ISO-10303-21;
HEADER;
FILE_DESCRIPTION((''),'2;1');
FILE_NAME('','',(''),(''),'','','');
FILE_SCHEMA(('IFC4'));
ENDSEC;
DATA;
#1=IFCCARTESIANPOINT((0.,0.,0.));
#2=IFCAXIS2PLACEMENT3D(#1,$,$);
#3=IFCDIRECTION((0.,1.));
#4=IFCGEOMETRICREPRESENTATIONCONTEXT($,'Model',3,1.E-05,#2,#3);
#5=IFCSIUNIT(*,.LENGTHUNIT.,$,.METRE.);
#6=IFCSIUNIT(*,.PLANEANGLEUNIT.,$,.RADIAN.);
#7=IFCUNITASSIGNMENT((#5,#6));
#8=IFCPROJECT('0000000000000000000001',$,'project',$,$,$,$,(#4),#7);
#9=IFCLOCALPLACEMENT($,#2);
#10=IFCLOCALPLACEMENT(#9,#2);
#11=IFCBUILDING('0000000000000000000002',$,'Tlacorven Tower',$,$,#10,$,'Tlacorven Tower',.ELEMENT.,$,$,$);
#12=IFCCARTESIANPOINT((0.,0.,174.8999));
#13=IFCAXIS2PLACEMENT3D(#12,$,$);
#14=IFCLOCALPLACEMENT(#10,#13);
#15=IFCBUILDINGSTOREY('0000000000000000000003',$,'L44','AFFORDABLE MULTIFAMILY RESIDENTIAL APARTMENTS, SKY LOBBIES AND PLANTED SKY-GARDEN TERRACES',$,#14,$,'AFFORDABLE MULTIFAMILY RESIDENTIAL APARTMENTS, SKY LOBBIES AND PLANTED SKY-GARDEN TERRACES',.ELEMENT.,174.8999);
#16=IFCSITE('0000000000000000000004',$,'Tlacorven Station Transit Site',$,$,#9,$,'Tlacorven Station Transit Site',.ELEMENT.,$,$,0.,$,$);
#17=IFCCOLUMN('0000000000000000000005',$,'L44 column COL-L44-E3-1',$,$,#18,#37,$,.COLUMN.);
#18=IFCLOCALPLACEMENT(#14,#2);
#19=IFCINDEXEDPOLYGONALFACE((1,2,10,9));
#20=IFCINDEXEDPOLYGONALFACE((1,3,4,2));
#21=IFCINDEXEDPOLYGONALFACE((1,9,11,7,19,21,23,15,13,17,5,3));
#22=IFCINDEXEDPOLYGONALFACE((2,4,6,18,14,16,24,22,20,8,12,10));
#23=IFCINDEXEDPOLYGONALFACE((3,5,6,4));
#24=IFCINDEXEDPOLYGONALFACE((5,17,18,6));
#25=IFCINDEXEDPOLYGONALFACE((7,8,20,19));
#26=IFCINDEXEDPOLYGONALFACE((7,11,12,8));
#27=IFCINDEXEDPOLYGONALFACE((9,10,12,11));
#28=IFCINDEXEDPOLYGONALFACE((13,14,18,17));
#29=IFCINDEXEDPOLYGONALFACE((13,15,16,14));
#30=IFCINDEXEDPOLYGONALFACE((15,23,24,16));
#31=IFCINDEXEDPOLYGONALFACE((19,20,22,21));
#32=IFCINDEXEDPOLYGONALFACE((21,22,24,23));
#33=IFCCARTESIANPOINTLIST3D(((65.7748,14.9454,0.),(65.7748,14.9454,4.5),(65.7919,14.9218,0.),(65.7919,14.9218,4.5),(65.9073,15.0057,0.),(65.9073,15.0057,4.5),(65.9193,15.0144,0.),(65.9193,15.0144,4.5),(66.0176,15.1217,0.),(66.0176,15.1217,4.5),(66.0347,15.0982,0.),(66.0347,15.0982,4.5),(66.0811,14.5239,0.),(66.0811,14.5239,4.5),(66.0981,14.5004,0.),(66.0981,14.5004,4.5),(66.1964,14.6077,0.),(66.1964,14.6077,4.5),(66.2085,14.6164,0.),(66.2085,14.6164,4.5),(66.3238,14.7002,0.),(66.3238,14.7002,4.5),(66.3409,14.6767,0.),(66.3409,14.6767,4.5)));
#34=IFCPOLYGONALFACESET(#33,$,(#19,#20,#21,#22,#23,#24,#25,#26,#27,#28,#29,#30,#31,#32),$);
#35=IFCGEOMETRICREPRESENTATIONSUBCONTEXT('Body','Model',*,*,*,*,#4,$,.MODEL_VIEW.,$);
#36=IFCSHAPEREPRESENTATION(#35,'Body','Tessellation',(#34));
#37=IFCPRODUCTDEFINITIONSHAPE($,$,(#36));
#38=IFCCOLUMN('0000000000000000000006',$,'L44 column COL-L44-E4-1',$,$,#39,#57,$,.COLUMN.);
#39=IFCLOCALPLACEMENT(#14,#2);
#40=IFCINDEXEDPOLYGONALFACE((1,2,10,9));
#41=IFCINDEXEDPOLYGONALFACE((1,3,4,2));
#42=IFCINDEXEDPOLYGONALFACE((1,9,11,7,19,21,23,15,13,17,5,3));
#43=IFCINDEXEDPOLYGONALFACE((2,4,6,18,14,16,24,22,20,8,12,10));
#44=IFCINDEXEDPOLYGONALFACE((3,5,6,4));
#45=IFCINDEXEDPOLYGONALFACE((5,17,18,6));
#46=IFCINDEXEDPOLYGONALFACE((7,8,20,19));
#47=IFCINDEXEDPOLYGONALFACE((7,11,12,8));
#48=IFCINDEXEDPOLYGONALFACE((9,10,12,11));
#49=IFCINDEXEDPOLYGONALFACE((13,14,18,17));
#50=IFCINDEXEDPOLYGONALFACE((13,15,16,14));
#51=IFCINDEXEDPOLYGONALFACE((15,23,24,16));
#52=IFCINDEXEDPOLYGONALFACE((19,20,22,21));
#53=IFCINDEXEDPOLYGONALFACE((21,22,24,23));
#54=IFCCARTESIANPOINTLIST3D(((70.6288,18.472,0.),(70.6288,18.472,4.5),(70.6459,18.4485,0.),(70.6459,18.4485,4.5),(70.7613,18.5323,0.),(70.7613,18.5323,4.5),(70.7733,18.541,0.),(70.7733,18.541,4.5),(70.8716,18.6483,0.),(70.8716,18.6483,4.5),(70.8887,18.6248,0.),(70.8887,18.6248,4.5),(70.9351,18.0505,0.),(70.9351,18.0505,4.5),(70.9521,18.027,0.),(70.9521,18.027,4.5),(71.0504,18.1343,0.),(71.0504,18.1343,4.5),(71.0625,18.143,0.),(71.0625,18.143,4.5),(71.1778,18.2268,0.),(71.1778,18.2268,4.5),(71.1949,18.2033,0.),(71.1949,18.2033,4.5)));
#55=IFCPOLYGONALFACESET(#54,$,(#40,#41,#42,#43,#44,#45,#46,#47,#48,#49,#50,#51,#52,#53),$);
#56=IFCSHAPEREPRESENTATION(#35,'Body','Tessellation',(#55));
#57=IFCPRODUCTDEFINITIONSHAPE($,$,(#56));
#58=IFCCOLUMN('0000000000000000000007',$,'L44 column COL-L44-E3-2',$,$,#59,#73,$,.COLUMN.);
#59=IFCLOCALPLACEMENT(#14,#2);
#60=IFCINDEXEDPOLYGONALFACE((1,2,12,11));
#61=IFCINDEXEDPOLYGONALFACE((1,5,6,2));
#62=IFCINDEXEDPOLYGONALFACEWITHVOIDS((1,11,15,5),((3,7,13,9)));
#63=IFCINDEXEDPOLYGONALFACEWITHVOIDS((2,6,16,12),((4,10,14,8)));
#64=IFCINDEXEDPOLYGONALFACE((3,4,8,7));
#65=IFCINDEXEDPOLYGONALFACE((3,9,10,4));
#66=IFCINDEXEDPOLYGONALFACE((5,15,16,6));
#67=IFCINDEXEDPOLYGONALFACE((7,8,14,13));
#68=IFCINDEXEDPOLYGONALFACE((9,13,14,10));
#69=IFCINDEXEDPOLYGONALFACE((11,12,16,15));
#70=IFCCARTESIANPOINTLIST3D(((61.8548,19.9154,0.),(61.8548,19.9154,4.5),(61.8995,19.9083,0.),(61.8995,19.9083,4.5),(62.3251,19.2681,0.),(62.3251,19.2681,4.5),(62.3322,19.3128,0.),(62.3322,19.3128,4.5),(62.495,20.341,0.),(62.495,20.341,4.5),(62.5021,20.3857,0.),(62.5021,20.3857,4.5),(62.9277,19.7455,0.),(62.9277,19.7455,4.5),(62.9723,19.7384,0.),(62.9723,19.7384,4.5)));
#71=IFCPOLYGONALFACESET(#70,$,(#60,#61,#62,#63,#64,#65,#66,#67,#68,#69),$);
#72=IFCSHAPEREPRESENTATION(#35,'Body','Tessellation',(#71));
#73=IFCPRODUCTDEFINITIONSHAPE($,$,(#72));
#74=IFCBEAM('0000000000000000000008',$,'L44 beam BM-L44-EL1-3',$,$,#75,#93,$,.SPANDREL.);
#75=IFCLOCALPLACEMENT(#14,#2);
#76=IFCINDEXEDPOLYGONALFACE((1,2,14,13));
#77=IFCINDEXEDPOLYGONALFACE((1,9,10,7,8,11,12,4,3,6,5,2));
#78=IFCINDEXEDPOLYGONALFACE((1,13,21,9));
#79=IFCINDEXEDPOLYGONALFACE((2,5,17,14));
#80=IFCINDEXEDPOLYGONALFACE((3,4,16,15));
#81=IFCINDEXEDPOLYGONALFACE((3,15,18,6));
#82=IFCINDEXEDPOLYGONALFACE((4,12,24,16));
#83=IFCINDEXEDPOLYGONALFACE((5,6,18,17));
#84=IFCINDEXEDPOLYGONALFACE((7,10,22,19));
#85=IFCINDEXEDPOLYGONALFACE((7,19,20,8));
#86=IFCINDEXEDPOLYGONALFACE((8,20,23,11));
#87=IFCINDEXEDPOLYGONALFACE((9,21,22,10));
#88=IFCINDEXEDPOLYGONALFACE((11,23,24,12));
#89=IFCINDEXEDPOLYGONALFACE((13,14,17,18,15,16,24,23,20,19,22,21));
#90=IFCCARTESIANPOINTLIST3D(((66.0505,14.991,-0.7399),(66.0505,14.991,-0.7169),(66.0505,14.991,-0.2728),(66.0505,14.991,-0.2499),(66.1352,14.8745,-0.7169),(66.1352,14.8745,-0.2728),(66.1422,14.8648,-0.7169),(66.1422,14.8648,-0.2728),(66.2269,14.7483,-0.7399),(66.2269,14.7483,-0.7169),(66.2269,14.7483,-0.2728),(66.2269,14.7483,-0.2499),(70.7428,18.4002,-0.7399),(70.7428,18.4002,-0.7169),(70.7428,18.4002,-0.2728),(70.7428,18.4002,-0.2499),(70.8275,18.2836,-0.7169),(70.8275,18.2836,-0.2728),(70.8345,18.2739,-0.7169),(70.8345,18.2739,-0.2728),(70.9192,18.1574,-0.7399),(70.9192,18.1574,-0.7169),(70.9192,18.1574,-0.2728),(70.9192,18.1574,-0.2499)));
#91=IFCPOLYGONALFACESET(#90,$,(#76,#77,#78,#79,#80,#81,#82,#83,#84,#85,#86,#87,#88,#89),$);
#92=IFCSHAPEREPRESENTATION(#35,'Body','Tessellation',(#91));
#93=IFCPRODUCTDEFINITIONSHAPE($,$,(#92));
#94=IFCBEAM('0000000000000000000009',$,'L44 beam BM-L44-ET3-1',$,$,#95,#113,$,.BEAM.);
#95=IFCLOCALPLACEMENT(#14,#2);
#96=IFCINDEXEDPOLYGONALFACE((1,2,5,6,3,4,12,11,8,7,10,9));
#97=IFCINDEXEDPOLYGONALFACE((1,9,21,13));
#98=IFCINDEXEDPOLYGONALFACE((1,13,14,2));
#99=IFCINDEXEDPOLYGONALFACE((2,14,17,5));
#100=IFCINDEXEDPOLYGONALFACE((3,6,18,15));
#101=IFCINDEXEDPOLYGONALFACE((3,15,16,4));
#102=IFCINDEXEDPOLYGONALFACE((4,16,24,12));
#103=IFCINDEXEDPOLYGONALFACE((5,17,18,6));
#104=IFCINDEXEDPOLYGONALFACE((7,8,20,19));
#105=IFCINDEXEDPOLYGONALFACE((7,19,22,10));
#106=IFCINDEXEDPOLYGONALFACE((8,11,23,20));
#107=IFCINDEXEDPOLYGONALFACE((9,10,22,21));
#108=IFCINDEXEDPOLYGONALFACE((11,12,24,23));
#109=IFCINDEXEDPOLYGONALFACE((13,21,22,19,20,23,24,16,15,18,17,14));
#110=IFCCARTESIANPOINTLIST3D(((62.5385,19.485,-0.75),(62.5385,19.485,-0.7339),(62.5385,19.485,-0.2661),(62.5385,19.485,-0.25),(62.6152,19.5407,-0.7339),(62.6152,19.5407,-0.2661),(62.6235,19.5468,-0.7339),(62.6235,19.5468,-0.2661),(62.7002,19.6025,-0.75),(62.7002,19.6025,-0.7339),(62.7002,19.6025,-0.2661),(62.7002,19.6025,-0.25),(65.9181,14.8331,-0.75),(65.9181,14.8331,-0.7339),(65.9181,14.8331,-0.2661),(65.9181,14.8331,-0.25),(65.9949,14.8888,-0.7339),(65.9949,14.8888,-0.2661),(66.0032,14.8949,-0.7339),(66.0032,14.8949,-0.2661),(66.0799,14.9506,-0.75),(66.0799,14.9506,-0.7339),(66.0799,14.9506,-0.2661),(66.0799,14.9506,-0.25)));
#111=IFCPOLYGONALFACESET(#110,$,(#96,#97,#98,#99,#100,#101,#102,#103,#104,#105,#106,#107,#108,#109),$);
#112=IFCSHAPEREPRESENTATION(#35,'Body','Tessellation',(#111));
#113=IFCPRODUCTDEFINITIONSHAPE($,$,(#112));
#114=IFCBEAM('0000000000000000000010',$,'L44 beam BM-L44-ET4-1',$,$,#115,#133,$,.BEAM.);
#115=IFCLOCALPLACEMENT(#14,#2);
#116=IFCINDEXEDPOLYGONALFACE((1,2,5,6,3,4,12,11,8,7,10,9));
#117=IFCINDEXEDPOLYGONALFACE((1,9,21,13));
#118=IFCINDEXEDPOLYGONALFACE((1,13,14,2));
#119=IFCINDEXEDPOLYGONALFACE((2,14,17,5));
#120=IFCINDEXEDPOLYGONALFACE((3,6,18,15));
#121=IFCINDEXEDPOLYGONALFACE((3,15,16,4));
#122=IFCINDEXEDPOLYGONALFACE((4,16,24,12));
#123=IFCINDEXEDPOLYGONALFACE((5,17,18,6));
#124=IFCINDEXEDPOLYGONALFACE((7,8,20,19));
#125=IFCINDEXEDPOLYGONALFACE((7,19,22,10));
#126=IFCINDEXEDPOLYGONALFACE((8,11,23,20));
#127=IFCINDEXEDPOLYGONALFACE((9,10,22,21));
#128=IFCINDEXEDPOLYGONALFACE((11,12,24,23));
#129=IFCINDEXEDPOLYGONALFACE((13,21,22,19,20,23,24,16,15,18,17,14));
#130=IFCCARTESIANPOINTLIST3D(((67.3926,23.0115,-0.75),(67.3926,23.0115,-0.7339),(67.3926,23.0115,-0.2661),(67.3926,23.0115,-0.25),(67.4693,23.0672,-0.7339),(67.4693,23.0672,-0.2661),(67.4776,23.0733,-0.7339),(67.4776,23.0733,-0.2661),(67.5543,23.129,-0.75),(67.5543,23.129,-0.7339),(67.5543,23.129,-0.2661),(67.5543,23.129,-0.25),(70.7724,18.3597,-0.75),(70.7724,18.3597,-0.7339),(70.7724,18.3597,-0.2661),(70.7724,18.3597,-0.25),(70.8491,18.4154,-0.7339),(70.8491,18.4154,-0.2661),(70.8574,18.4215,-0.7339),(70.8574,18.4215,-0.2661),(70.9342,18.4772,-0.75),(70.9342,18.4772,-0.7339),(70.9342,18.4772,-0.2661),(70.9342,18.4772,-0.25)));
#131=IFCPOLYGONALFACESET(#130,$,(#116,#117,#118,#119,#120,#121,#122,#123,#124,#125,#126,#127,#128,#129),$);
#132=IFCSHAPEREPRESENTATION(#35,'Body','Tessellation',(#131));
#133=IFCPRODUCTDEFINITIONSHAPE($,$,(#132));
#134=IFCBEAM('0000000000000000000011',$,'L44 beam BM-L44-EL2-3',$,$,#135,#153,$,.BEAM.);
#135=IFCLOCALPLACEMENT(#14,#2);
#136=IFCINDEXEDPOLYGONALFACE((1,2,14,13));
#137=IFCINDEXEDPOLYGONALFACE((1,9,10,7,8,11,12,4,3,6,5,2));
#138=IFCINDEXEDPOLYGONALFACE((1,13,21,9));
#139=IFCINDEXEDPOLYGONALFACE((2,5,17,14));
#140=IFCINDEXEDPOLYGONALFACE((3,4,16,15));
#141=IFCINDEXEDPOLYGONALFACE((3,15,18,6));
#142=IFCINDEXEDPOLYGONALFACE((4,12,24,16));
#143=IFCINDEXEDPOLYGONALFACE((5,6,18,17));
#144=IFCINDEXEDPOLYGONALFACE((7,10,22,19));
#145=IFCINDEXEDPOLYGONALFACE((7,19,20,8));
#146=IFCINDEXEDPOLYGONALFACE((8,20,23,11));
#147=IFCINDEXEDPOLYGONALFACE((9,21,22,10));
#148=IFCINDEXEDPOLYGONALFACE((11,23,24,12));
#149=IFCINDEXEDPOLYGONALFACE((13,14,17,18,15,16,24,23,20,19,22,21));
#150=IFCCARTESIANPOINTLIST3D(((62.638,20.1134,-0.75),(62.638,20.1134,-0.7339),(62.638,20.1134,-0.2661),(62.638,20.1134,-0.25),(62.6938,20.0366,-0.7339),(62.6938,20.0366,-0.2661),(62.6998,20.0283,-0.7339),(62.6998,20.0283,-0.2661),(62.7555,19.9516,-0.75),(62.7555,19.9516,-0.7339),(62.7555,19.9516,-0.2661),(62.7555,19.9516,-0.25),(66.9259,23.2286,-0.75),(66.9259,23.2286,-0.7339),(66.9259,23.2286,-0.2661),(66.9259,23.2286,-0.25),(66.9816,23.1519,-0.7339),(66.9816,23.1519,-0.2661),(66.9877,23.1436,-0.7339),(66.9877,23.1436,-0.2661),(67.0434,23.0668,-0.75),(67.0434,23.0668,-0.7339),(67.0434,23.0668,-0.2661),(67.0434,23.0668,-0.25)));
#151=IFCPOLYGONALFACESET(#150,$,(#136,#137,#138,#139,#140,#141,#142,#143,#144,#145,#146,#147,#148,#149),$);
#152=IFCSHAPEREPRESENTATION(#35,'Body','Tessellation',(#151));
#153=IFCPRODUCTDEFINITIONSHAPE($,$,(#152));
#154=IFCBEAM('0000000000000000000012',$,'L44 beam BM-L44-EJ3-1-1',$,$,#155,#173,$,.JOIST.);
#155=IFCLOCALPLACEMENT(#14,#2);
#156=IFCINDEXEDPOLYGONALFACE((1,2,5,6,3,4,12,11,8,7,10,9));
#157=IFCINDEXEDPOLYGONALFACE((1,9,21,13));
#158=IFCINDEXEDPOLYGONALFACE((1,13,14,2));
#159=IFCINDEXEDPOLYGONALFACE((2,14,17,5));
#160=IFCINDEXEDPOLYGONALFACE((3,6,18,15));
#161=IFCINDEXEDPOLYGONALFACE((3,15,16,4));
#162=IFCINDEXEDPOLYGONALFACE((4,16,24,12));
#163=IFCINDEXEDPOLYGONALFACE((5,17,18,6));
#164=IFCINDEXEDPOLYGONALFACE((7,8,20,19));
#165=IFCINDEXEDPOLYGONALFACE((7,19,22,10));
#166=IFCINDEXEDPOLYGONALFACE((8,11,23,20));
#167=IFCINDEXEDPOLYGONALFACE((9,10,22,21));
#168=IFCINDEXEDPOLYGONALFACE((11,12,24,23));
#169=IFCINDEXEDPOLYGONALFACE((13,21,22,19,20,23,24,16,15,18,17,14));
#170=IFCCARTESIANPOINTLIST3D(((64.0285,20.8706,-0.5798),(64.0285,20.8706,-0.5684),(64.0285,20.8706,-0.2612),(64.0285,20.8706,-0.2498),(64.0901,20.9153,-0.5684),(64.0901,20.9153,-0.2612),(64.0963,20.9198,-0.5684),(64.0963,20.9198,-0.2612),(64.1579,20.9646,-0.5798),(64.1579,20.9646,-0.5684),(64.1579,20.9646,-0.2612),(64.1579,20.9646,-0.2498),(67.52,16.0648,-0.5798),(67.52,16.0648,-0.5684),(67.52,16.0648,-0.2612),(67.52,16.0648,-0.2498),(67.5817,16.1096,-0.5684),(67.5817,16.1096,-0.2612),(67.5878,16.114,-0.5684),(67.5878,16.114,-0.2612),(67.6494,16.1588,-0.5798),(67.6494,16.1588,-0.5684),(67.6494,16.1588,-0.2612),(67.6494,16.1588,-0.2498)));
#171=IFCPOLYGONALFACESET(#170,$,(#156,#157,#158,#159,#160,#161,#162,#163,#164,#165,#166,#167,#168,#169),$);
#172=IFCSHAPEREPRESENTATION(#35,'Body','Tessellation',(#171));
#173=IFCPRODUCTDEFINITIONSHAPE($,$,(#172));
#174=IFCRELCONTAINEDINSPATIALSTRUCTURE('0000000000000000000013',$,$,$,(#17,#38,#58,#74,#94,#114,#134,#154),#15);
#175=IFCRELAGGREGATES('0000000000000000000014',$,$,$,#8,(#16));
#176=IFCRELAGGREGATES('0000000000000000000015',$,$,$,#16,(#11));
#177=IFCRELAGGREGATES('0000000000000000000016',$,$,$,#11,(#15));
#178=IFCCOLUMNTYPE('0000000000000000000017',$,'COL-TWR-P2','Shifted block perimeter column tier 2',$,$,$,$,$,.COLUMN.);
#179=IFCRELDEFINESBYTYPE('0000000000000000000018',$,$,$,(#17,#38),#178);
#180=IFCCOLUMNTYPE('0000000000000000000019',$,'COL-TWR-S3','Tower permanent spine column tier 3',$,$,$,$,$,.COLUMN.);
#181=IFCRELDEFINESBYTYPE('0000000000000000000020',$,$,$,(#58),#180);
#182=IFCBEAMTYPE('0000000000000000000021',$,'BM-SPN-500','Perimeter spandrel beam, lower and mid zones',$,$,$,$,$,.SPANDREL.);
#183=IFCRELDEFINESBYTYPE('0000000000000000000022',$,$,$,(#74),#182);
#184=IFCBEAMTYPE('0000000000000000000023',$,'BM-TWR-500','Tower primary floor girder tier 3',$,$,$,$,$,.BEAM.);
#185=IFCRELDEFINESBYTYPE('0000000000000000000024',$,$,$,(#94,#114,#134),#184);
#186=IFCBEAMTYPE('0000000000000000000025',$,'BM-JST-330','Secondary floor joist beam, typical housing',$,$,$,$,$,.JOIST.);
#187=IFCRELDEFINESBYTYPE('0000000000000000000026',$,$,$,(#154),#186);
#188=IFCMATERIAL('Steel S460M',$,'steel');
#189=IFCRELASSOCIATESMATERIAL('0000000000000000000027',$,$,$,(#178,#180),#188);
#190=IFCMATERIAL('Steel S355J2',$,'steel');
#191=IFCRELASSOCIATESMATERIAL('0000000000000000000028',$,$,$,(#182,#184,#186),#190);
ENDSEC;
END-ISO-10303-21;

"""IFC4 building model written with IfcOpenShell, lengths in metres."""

from ifc_helpers import new_model, si_unit, direction, frame, origin, origin_2d, place, context, subcontext, project, spatial, hollow_rectangle, i_section, extrude, source, transform, mapped, material, material_profile, profile_set, type_object, element, save


model = new_model("IFC4")

# Units and contexts
model_context = context("Model", 3, precision=1e-05, world=origin(), true_north=direction((0.0, 1.0)))
body_context = subcontext(model_context, "Body", "Model", "MODEL_VIEW")
ifc_project = project(units=[si_unit("LENGTHUNIT", "METRE"), si_unit("PLANEANGLEUNIT", "RADIAN")], contexts=[model_context])

# Site, building, storey
site_placement = place(None, origin())
site = spatial("IfcSite", under=ifc_project, at=site_placement, Name="Tlacorven Station Transit Site", LongName="Tlacorven Station Transit Site", CompositionType="ELEMENT", RefElevation=0.0)
building_placement = place(site_placement, origin())
building = spatial("IfcBuilding", under=site, at=building_placement, Name="Tlacorven Tower", LongName="Tlacorven Tower", CompositionType="ELEMENT")
storey_placement = place(building_placement, frame((0.0, 0.0, 174.8999)))
storey = spatial("IfcBuildingStorey", under=building, at=storey_placement, Name="L44", Description="AFFORDABLE MULTIFAMILY RESIDENTIAL APARTMENTS, SKY LOBBIES AND PLANTED SKY-GARDEN TERRACES", LongName="AFFORDABLE MULTIFAMILY RESIDENTIAL APARTMENTS, SKY LOBBIES AND PLANTED SKY-GARDEN TERRACES", CompositionType="ELEMENT", Elevation=174.8999)

# Columns
ifc_material_1 = material(Name="Steel S460M", Category="steel")
ifc_material_profile_1 = material_profile(ifc_material_1, i_section(OverallWidth=0.3, OverallDepth=0.55, WebThickness=0.0149, FlangeThickness=0.0291, at=origin_2d()), Name="HEB 550")
ifc_profile_set_1 = profile_set([ifc_material_profile_1], Name="Steel S460M")
column_type_1 = type_object("IfcColumnType", Name="COL-TWR-P2", Description="Shifted block perimeter column tier 2", PredefinedType="COLUMN", material=ifc_profile_set_1)
shared_shape_1 = source(origin(), body_context, "Body", "SweptSolid", [
    extrude(i_section(OverallWidth=0.3, OverallDepth=0.55, WebThickness=0.0149, FlangeThickness=0.0291, at=origin_2d()), origin(), (0.0, 0.0, 1.0), 4.5),
])
for number, where, z_axis, x_axis, name in (
    (1, (66.0579, 14.811, 0.0), (0.0, 0.0, 1.0), (0.809017, 0.587785, 0.0), "L44 column COL-L44-E3-1"),
    (2, (70.9119, 18.3376, 0.0), (0.0, 0.0, 1.0), (0.809017, 0.587785, 0.0), "L44 column COL-L44-E4-1"),
):
    element("IfcColumn", number, at=place(storey_placement, frame(where, z_axis=z_axis, x_axis=x_axis)), inside=storey, type_object=column_type_1, Name=name, PredefinedType="COLUMN", context=body_context, shape_type="MappedRepresentation", body=[
        mapped(shared_shape_1, transform((0.0, 0.0, 0.0), scale=1.0)),
    ])
ifc_material_profile_2 = material_profile(ifc_material_1, hollow_rectangle(XDim=0.8, YDim=0.8, WallThickness=0.032, at=origin_2d()), Name="BOX 800X800X32")
ifc_profile_set_2 = profile_set([ifc_material_profile_2], Name="Steel S460M")
column_type_2 = type_object("IfcColumnType", Name="COL-TWR-S3", Description="Tower permanent spine column tier 3", PredefinedType="COLUMN", material=ifc_profile_set_2)
shared_shape_2 = source(origin(), body_context, "Body", "SweptSolid", [
    extrude(hollow_rectangle(XDim=0.8, YDim=0.8, WallThickness=0.032, at=origin_2d()), origin(), (0.0, 0.0, 1.0), 4.5),
])
column_placement = place(storey_placement, frame((62.4136, 19.8269, 0.0), z_axis=(0.0, 0.0, 1.0), x_axis=(0.809017, 0.587785, 0.0)))
element("IfcColumn", 3, at=column_placement, inside=storey, type_object=column_type_2, Name="L44 column COL-L44-E3-2", PredefinedType="COLUMN", context=body_context, shape_type="MappedRepresentation", body=[
    mapped(shared_shape_2, transform((0.0, 0.0, 0.0), scale=1.0)),
])

# Beams
ifc_material_2 = material(Name="Steel S355J2", Category="steel")
ifc_material_profile_3 = material_profile(ifc_material_2, i_section(OverallWidth=0.3, OverallDepth=0.49, WebThickness=0.012, FlangeThickness=0.0229, at=origin_2d()), Name="HEA 500")
ifc_profile_set_3 = profile_set([ifc_material_profile_3], Name="Steel S355J2")
beam_type_1 = type_object("IfcBeamType", Name="BM-SPN-500", Description="Perimeter spandrel beam, lower and mid zones", PredefinedType="SPANDREL", material=ifc_profile_set_3)
shared_shape_3 = source(origin(), body_context, "Body", "SweptSolid", [
    extrude(i_section(OverallWidth=0.3, OverallDepth=0.49, WebThickness=0.012, FlangeThickness=0.0229, at=origin_2d()), origin(), (0.0, 0.0, 1.0), 5.8),
])
beam_1_placement = place(storey_placement, frame((66.1387, 14.8696, -0.4949), z_axis=(0.80902, 0.587781, 0.0), x_axis=(-0.587781, 0.80902, 0.0)))
element("IfcBeam", 4, at=beam_1_placement, inside=storey, type_object=beam_type_1, Name="L44 beam BM-L44-EL1-3", PredefinedType="SPANDREL", context=body_context, shape_type="MappedRepresentation", body=[
    mapped(shared_shape_3, transform((0.0, 0.0, 0.0), scale=1.0)),
])
ifc_material_profile_4 = material_profile(ifc_material_2, i_section(OverallWidth=0.2, OverallDepth=0.5, WebThickness=0.0103, FlangeThickness=0.0161, at=origin_2d()), Name="IPE 500")
ifc_profile_set_4 = profile_set([ifc_material_profile_4], Name="Steel S355J2")
beam_type_2 = type_object("IfcBeamType", Name="BM-TWR-500", Description="Tower primary floor girder tier 3", PredefinedType="BEAM", material=ifc_profile_set_4)
shared_shape_4 = source(origin(), body_context, "Body", "SweptSolid", [
    extrude(i_section(OverallWidth=0.2, OverallDepth=0.5, WebThickness=0.0103, FlangeThickness=0.0161, at=origin_2d()), origin(), (0.0, 0.0, 1.0), 5.75),
])
for number, where, z_axis, x_axis, name in (
    (5, (65.999, 14.8918, -0.5), (-0.58777, 0.809028, 0.0), (-0.809028, -0.58777, 0.0), "L44 beam BM-L44-ET3-1"),
    (6, (70.8533, 18.4185, -0.5), (-0.587798, 0.809008, 0.0), (-0.809008, -0.587798, 0.0), "L44 beam BM-L44-ET4-1"),
):
    element("IfcBeam", number, at=place(storey_placement, frame(where, z_axis=z_axis, x_axis=x_axis)), inside=storey, type_object=beam_type_2, Name=name, PredefinedType="BEAM", context=body_context, shape_type="MappedRepresentation", body=[
        mapped(shared_shape_4, transform((0.0, 0.0, 0.0), scale=1.0)),
    ])
shared_shape_5 = source(origin(), body_context, "Body", "SweptSolid", [
    extrude(i_section(OverallWidth=0.2, OverallDepth=0.5, WebThickness=0.0103, FlangeThickness=0.0161, at=origin_2d()), origin(), (0.0, 0.0, 1.0), 5.3),
])
beam_2_placement = place(storey_placement, frame((62.6968, 20.0325, -0.5), z_axis=(0.809023, 0.587777, 0.0), x_axis=(-0.587777, 0.809023, 0.0)))
element("IfcBeam", 7, at=beam_2_placement, inside=storey, type_object=beam_type_2, Name="L44 beam BM-L44-EL2-3", PredefinedType="BEAM", context=body_context, shape_type="MappedRepresentation", body=[
    mapped(shared_shape_5, transform((0.0, 0.0, 0.0), scale=1.0)),
])
ifc_material_profile_5 = material_profile(ifc_material_2, i_section(OverallWidth=0.1599, OverallDepth=0.3301, WebThickness=0.0076, FlangeThickness=0.0115, at=origin_2d()), Name="IPE 330")
ifc_profile_set_5 = profile_set([ifc_material_profile_5], Name="Steel S355J2")
beam_type_3 = type_object("IfcBeamType", Name="BM-JST-330", Description="Secondary floor joist beam, typical housing", PredefinedType="JOIST", material=ifc_profile_set_5)
shared_shape_6 = source(origin(), body_context, "Body", "SweptSolid", [
    extrude(i_section(OverallWidth=0.1599, OverallDepth=0.3301, WebThickness=0.0076, FlangeThickness=0.0115, at=origin_2d()), origin(), (0.0, 0.0, 1.0), 5.9402),
])
for number, where, z_axis, x_axis, name in (
    (8, (67.5847, 16.1118, -0.4148), (-0.587778, 0.809022, 0.0), (-0.809022, -0.587778, 0.0), "L44 beam BM-L44-EJ3-1-1"),
):
    element("IfcBeam", number, at=place(storey_placement, frame(where, z_axis=z_axis, x_axis=x_axis)), inside=storey, type_object=beam_type_3, Name=name, PredefinedType="JOIST", context=body_context, shape_type="MappedRepresentation", body=[
        mapped(shared_shape_6, transform((0.0, 0.0, 0.0), scale=1.0)),
    ])

save(model, "model.ifc")
